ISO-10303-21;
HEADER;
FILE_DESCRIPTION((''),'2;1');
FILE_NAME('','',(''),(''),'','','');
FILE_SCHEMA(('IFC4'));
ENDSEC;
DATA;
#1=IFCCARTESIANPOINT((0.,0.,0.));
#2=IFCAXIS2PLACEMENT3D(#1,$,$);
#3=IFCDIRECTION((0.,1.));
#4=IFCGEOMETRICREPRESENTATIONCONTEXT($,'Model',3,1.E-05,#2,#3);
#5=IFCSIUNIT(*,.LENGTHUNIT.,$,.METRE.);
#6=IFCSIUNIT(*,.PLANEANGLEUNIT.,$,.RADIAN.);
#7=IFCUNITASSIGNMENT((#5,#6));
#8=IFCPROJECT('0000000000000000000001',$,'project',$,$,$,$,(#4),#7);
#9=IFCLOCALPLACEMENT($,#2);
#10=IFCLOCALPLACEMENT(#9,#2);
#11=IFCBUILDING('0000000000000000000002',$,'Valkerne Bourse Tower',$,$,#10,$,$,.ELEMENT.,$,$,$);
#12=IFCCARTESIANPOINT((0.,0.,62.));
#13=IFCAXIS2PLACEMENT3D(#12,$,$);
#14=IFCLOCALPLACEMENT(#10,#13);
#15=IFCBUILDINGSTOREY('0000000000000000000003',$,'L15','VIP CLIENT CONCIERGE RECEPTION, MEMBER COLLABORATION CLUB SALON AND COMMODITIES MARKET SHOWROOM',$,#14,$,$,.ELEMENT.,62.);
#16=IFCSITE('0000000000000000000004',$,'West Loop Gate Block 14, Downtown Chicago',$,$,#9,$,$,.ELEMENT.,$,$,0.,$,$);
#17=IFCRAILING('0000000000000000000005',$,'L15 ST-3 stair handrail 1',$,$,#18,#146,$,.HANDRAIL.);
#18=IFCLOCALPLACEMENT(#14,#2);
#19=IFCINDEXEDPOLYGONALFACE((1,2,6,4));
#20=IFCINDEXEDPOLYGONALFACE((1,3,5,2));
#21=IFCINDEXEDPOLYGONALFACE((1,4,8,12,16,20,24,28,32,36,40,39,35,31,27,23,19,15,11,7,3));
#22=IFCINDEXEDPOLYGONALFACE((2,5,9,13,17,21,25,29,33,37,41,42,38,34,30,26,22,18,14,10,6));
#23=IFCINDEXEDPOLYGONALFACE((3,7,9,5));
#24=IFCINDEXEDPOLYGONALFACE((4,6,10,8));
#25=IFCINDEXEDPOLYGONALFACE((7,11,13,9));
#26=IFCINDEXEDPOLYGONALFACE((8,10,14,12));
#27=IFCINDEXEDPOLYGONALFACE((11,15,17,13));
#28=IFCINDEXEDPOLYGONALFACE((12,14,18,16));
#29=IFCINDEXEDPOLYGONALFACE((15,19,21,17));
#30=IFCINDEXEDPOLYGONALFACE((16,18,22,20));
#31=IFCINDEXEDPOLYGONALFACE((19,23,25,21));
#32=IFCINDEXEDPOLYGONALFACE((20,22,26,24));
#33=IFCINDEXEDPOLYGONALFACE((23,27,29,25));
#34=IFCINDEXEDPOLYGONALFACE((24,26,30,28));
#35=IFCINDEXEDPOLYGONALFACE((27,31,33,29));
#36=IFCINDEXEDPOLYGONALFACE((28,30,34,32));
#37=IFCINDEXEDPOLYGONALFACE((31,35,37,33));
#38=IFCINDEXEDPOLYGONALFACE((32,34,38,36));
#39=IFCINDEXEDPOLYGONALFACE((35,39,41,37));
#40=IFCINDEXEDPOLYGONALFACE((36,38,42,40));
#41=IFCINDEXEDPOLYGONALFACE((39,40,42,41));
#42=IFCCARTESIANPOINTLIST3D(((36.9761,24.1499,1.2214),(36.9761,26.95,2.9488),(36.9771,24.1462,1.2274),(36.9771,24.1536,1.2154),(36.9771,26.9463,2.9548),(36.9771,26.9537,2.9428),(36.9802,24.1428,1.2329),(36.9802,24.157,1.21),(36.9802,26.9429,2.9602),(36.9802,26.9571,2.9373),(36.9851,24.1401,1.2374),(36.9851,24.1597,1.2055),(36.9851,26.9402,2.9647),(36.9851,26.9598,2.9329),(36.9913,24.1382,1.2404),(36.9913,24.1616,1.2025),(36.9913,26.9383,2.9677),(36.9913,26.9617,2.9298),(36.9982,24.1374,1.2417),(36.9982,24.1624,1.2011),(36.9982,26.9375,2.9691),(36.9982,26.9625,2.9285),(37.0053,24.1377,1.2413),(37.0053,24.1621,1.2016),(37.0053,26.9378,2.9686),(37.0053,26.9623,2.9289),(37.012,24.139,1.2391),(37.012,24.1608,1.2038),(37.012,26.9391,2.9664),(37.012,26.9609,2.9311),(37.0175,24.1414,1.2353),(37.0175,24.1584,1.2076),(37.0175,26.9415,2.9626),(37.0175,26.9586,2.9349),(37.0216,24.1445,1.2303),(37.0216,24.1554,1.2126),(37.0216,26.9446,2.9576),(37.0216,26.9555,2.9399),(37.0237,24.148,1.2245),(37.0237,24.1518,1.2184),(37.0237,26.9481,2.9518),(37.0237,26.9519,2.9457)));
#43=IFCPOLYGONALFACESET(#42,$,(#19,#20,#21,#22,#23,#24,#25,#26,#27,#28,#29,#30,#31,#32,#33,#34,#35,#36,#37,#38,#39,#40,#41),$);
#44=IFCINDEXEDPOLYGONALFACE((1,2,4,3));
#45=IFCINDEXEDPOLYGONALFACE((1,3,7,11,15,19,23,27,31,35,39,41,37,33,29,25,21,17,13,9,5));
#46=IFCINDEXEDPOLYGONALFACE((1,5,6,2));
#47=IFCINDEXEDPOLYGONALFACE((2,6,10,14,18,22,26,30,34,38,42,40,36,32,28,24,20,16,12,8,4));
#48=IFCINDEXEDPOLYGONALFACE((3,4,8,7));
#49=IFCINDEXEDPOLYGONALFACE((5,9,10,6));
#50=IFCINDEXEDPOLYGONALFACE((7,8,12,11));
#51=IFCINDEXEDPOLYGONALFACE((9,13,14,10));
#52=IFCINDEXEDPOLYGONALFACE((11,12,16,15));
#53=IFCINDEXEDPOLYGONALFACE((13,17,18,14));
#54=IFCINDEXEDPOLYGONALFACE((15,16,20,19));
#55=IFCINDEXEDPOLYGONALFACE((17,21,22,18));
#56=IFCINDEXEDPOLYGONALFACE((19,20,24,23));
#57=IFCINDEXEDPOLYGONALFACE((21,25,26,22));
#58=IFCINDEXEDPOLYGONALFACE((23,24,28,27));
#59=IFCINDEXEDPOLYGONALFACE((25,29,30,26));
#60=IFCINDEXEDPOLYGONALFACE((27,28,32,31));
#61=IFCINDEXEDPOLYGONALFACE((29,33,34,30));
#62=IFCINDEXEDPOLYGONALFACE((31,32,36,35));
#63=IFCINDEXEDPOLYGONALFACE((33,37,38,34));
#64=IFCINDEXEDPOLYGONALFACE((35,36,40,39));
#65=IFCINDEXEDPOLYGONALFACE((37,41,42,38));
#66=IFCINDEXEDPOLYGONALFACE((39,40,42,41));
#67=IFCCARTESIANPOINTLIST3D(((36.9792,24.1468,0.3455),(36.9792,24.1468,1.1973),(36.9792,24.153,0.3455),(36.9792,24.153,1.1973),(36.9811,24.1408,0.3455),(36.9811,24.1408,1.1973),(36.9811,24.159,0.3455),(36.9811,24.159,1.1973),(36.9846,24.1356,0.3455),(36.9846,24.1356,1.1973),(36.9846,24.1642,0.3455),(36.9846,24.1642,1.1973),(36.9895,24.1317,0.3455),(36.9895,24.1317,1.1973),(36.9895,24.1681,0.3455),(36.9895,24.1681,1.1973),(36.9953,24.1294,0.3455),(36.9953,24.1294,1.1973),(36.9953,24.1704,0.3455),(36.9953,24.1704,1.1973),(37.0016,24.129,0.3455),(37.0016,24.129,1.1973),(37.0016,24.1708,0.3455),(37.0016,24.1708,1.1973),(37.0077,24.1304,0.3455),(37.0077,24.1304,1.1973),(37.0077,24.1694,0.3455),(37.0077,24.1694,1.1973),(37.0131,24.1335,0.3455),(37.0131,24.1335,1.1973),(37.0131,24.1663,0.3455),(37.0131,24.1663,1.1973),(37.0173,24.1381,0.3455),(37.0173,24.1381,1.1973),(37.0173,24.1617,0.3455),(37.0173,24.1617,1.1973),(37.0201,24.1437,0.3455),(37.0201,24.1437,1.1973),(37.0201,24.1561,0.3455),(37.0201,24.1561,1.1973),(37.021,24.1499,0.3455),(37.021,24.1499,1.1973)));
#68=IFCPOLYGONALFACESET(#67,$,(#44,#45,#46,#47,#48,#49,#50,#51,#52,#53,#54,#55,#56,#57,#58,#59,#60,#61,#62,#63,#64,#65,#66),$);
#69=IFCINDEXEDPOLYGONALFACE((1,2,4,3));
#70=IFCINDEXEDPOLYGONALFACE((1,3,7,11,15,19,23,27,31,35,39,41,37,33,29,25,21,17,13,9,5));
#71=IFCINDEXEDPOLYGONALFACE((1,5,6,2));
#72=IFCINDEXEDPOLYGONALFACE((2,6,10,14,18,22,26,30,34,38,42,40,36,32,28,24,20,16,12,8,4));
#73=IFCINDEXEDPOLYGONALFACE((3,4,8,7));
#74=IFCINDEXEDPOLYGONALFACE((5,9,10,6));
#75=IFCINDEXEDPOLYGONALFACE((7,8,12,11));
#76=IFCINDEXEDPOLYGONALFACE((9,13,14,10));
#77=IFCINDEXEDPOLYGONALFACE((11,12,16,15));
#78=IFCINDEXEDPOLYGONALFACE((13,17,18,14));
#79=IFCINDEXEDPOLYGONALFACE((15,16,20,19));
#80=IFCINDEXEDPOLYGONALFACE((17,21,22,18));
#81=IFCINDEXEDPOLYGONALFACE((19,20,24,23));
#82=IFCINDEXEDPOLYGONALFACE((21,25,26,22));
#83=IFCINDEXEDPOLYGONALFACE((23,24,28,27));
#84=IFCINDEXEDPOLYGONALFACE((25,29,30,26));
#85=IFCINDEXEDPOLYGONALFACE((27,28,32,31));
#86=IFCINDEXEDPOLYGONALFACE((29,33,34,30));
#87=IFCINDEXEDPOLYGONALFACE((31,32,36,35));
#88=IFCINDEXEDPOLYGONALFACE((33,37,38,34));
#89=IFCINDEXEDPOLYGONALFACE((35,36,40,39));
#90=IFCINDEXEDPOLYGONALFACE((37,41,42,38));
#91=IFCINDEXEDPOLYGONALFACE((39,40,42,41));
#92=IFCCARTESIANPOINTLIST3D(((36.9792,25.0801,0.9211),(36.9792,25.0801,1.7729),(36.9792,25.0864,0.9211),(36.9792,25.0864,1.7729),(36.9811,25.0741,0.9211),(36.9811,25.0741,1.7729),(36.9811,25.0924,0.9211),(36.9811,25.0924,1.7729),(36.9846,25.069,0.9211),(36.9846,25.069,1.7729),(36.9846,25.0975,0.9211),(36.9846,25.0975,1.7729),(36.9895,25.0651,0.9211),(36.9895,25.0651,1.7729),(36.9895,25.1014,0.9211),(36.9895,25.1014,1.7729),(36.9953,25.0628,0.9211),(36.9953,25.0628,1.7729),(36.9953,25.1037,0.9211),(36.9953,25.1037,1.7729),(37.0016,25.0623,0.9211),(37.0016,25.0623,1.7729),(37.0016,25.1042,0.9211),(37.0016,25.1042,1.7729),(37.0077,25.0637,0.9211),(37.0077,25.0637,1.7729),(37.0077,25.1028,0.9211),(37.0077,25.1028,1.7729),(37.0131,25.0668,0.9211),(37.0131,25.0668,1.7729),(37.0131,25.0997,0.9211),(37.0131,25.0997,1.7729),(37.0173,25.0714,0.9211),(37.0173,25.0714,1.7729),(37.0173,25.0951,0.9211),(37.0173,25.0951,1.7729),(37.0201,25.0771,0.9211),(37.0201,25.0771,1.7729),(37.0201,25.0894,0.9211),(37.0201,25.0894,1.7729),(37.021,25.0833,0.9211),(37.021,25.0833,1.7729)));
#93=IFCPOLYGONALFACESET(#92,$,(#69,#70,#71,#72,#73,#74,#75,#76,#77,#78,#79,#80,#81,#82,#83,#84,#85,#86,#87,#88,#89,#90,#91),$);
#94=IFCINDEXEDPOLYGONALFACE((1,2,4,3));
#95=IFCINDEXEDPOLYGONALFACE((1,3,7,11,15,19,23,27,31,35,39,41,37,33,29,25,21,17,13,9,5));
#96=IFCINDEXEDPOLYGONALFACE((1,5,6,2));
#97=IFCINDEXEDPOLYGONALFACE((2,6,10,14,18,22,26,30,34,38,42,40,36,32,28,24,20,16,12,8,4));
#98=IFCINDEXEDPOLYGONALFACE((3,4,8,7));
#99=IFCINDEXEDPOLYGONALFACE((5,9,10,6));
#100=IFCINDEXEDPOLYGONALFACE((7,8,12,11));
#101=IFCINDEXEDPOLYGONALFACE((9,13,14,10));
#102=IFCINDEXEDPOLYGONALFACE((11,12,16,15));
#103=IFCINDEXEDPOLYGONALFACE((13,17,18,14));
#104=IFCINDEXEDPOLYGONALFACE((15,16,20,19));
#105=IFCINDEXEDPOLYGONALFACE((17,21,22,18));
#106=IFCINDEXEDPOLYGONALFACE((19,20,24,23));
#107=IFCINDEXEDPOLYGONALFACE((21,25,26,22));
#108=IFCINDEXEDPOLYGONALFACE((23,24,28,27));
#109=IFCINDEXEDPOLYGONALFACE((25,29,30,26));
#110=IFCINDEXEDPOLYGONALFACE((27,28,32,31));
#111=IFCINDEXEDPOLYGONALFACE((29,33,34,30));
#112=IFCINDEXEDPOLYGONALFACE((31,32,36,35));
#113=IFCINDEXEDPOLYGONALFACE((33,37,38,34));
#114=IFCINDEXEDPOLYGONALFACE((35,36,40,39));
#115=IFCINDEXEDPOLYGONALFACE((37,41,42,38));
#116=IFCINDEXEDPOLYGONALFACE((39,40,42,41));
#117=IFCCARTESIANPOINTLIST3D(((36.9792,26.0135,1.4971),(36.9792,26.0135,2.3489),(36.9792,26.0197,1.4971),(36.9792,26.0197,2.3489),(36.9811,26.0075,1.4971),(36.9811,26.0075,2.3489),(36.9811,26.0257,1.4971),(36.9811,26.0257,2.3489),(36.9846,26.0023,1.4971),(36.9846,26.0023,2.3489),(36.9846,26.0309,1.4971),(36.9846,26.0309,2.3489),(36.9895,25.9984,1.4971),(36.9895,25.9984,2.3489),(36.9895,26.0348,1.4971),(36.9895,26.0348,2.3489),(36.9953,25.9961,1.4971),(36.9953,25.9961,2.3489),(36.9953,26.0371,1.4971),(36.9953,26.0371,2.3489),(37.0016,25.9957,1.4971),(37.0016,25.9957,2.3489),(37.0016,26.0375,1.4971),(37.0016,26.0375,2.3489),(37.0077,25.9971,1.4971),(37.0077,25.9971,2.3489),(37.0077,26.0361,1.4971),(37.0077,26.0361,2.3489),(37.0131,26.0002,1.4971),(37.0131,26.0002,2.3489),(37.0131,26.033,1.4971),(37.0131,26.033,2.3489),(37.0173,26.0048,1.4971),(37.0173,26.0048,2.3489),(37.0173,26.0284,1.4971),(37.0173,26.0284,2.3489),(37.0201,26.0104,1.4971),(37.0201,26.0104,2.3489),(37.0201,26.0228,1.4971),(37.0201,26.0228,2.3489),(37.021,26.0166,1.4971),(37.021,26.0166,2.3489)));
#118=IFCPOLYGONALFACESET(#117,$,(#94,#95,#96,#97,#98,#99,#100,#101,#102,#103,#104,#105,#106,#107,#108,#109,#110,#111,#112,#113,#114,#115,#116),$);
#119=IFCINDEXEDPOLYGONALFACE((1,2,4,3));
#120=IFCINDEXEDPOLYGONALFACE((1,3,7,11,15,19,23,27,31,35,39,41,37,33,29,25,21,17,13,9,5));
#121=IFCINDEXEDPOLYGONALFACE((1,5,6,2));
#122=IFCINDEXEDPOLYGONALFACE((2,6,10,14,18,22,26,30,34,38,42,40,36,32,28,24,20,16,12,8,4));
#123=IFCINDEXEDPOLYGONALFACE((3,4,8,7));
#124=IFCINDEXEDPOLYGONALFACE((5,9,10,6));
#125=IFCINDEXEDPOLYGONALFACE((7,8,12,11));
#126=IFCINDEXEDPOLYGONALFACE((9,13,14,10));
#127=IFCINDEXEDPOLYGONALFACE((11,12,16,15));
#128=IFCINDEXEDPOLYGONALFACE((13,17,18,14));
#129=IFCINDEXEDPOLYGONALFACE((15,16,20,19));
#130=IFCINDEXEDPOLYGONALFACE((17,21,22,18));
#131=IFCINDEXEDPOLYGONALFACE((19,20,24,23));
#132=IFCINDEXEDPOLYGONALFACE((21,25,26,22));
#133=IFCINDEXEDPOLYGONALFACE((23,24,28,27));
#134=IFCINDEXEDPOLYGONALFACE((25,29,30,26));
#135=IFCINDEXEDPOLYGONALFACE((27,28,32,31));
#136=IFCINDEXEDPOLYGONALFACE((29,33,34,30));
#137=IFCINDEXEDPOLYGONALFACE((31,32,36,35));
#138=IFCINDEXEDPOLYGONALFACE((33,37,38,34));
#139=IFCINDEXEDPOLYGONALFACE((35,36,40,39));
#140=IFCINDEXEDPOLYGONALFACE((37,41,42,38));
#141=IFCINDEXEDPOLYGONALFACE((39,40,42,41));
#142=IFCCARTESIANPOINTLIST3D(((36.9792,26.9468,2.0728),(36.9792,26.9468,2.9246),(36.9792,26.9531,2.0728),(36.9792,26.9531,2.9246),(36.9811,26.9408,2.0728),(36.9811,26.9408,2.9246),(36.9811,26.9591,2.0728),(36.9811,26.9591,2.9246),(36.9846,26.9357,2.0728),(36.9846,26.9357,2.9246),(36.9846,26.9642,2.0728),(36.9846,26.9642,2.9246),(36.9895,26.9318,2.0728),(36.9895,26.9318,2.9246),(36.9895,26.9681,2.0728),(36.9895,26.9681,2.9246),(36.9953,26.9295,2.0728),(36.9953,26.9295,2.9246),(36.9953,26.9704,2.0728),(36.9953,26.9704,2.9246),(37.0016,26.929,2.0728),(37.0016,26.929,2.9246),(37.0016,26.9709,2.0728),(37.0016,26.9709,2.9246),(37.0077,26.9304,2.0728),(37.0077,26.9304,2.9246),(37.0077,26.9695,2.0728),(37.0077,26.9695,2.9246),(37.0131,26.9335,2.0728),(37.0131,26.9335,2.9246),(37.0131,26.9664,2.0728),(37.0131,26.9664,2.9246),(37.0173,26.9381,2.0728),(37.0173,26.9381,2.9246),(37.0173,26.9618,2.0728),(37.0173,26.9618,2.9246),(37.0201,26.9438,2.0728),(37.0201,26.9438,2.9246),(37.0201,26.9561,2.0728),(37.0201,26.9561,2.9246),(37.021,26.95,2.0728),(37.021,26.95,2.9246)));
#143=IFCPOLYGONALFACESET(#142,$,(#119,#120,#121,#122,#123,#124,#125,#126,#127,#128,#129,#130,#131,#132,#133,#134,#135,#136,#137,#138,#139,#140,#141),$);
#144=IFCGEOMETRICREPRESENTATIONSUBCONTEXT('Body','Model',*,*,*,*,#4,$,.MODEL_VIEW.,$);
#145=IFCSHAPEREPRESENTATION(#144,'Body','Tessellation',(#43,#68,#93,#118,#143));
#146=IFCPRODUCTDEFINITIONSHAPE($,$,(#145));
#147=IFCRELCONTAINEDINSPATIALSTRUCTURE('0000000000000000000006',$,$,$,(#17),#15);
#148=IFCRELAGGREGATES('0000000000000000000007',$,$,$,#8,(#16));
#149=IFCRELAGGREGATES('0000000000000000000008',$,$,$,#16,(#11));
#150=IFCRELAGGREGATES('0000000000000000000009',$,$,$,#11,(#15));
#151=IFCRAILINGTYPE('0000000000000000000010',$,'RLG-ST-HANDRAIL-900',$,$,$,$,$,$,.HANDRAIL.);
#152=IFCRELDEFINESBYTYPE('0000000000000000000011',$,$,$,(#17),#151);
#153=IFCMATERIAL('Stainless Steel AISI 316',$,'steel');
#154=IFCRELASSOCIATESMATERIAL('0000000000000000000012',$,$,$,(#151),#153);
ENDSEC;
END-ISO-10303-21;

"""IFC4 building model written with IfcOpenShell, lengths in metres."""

from ifc_helpers import new_model, si_unit, direction, frame, origin, origin_2d, place, context, subcontext, project, spatial, circle, extrude, material, type_object, element, save


model = new_model("IFC4")

# Units and contexts
model_context = context("Model", 3, precision=1e-05, world=origin(), true_north=direction((0.0, 1.0)))
body_context = subcontext(model_context, "Body", "Model", "MODEL_VIEW")
ifc_project = project(units=[si_unit("LENGTHUNIT", "METRE"), si_unit("PLANEANGLEUNIT", "RADIAN")], contexts=[model_context])

# Site, building, storey
site_placement = place(None, origin())
site = spatial("IfcSite", under=ifc_project, at=site_placement, Name="West Loop Gate Block 14, Downtown Chicago", CompositionType="ELEMENT", RefElevation=0.0)
building_placement = place(site_placement, origin())
building = spatial("IfcBuilding", under=site, at=building_placement, Name="Valkerne Bourse Tower", CompositionType="ELEMENT")
storey_placement = place(building_placement, frame((0.0, 0.0, 62.0)))
storey = spatial("IfcBuildingStorey", under=building, at=storey_placement, Name="L15", Description="VIP CLIENT CONCIERGE RECEPTION, MEMBER COLLABORATION CLUB SALON AND COMMODITIES MARKET SHOWROOM", CompositionType="ELEMENT", Elevation=62.0)

# Shared definitions
ifc_material_1 = material(Name="Stainless Steel AISI 316", Category="steel")

# Railing
railing_type_1 = type_object("IfcRailingType", Name="RLG-ST-HANDRAIL-900", PredefinedType="HANDRAIL", material=ifc_material_1)
railing_1_placement = place(storey_placement, frame((37.0, 24.1499, 0.3455)))
element("IfcRailing", 1, at=railing_1_placement, inside=storey, type_object=railing_type_1, Name="L15 ST-3 stair handrail 1", PredefinedType="HANDRAIL", context=body_context, shape_type="SweptSolid", body=[
    extrude(circle(Radius=0.0239, at=origin_2d()), frame((0.0, 0.0, 0.876), z_axis=(0.0, 0.85109, 0.52502), x_axis=(-1.0, 0.0, 0.0)), (0.0, 0.0, 1.0), 3.29),
    extrude(circle(Radius=0.021, at=origin_2d()), origin(), (0.0, 0.0, 1.0), 0.8518),
    extrude(circle(Radius=0.021, at=origin_2d()), frame((0.0, 0.9333, 0.5757)), (0.0, 0.0, 1.0), 0.8518),
    extrude(circle(Radius=0.021, at=origin_2d()), frame((0.0, 1.8667, 1.1516)), (0.0, 0.0, 1.0), 0.8518),
    extrude(circle(Radius=0.021, at=origin_2d()), frame((0.0, 2.8, 1.7273)), (0.0, 0.0, 1.0), 0.8518),
])

save(model, "model.ifc")
